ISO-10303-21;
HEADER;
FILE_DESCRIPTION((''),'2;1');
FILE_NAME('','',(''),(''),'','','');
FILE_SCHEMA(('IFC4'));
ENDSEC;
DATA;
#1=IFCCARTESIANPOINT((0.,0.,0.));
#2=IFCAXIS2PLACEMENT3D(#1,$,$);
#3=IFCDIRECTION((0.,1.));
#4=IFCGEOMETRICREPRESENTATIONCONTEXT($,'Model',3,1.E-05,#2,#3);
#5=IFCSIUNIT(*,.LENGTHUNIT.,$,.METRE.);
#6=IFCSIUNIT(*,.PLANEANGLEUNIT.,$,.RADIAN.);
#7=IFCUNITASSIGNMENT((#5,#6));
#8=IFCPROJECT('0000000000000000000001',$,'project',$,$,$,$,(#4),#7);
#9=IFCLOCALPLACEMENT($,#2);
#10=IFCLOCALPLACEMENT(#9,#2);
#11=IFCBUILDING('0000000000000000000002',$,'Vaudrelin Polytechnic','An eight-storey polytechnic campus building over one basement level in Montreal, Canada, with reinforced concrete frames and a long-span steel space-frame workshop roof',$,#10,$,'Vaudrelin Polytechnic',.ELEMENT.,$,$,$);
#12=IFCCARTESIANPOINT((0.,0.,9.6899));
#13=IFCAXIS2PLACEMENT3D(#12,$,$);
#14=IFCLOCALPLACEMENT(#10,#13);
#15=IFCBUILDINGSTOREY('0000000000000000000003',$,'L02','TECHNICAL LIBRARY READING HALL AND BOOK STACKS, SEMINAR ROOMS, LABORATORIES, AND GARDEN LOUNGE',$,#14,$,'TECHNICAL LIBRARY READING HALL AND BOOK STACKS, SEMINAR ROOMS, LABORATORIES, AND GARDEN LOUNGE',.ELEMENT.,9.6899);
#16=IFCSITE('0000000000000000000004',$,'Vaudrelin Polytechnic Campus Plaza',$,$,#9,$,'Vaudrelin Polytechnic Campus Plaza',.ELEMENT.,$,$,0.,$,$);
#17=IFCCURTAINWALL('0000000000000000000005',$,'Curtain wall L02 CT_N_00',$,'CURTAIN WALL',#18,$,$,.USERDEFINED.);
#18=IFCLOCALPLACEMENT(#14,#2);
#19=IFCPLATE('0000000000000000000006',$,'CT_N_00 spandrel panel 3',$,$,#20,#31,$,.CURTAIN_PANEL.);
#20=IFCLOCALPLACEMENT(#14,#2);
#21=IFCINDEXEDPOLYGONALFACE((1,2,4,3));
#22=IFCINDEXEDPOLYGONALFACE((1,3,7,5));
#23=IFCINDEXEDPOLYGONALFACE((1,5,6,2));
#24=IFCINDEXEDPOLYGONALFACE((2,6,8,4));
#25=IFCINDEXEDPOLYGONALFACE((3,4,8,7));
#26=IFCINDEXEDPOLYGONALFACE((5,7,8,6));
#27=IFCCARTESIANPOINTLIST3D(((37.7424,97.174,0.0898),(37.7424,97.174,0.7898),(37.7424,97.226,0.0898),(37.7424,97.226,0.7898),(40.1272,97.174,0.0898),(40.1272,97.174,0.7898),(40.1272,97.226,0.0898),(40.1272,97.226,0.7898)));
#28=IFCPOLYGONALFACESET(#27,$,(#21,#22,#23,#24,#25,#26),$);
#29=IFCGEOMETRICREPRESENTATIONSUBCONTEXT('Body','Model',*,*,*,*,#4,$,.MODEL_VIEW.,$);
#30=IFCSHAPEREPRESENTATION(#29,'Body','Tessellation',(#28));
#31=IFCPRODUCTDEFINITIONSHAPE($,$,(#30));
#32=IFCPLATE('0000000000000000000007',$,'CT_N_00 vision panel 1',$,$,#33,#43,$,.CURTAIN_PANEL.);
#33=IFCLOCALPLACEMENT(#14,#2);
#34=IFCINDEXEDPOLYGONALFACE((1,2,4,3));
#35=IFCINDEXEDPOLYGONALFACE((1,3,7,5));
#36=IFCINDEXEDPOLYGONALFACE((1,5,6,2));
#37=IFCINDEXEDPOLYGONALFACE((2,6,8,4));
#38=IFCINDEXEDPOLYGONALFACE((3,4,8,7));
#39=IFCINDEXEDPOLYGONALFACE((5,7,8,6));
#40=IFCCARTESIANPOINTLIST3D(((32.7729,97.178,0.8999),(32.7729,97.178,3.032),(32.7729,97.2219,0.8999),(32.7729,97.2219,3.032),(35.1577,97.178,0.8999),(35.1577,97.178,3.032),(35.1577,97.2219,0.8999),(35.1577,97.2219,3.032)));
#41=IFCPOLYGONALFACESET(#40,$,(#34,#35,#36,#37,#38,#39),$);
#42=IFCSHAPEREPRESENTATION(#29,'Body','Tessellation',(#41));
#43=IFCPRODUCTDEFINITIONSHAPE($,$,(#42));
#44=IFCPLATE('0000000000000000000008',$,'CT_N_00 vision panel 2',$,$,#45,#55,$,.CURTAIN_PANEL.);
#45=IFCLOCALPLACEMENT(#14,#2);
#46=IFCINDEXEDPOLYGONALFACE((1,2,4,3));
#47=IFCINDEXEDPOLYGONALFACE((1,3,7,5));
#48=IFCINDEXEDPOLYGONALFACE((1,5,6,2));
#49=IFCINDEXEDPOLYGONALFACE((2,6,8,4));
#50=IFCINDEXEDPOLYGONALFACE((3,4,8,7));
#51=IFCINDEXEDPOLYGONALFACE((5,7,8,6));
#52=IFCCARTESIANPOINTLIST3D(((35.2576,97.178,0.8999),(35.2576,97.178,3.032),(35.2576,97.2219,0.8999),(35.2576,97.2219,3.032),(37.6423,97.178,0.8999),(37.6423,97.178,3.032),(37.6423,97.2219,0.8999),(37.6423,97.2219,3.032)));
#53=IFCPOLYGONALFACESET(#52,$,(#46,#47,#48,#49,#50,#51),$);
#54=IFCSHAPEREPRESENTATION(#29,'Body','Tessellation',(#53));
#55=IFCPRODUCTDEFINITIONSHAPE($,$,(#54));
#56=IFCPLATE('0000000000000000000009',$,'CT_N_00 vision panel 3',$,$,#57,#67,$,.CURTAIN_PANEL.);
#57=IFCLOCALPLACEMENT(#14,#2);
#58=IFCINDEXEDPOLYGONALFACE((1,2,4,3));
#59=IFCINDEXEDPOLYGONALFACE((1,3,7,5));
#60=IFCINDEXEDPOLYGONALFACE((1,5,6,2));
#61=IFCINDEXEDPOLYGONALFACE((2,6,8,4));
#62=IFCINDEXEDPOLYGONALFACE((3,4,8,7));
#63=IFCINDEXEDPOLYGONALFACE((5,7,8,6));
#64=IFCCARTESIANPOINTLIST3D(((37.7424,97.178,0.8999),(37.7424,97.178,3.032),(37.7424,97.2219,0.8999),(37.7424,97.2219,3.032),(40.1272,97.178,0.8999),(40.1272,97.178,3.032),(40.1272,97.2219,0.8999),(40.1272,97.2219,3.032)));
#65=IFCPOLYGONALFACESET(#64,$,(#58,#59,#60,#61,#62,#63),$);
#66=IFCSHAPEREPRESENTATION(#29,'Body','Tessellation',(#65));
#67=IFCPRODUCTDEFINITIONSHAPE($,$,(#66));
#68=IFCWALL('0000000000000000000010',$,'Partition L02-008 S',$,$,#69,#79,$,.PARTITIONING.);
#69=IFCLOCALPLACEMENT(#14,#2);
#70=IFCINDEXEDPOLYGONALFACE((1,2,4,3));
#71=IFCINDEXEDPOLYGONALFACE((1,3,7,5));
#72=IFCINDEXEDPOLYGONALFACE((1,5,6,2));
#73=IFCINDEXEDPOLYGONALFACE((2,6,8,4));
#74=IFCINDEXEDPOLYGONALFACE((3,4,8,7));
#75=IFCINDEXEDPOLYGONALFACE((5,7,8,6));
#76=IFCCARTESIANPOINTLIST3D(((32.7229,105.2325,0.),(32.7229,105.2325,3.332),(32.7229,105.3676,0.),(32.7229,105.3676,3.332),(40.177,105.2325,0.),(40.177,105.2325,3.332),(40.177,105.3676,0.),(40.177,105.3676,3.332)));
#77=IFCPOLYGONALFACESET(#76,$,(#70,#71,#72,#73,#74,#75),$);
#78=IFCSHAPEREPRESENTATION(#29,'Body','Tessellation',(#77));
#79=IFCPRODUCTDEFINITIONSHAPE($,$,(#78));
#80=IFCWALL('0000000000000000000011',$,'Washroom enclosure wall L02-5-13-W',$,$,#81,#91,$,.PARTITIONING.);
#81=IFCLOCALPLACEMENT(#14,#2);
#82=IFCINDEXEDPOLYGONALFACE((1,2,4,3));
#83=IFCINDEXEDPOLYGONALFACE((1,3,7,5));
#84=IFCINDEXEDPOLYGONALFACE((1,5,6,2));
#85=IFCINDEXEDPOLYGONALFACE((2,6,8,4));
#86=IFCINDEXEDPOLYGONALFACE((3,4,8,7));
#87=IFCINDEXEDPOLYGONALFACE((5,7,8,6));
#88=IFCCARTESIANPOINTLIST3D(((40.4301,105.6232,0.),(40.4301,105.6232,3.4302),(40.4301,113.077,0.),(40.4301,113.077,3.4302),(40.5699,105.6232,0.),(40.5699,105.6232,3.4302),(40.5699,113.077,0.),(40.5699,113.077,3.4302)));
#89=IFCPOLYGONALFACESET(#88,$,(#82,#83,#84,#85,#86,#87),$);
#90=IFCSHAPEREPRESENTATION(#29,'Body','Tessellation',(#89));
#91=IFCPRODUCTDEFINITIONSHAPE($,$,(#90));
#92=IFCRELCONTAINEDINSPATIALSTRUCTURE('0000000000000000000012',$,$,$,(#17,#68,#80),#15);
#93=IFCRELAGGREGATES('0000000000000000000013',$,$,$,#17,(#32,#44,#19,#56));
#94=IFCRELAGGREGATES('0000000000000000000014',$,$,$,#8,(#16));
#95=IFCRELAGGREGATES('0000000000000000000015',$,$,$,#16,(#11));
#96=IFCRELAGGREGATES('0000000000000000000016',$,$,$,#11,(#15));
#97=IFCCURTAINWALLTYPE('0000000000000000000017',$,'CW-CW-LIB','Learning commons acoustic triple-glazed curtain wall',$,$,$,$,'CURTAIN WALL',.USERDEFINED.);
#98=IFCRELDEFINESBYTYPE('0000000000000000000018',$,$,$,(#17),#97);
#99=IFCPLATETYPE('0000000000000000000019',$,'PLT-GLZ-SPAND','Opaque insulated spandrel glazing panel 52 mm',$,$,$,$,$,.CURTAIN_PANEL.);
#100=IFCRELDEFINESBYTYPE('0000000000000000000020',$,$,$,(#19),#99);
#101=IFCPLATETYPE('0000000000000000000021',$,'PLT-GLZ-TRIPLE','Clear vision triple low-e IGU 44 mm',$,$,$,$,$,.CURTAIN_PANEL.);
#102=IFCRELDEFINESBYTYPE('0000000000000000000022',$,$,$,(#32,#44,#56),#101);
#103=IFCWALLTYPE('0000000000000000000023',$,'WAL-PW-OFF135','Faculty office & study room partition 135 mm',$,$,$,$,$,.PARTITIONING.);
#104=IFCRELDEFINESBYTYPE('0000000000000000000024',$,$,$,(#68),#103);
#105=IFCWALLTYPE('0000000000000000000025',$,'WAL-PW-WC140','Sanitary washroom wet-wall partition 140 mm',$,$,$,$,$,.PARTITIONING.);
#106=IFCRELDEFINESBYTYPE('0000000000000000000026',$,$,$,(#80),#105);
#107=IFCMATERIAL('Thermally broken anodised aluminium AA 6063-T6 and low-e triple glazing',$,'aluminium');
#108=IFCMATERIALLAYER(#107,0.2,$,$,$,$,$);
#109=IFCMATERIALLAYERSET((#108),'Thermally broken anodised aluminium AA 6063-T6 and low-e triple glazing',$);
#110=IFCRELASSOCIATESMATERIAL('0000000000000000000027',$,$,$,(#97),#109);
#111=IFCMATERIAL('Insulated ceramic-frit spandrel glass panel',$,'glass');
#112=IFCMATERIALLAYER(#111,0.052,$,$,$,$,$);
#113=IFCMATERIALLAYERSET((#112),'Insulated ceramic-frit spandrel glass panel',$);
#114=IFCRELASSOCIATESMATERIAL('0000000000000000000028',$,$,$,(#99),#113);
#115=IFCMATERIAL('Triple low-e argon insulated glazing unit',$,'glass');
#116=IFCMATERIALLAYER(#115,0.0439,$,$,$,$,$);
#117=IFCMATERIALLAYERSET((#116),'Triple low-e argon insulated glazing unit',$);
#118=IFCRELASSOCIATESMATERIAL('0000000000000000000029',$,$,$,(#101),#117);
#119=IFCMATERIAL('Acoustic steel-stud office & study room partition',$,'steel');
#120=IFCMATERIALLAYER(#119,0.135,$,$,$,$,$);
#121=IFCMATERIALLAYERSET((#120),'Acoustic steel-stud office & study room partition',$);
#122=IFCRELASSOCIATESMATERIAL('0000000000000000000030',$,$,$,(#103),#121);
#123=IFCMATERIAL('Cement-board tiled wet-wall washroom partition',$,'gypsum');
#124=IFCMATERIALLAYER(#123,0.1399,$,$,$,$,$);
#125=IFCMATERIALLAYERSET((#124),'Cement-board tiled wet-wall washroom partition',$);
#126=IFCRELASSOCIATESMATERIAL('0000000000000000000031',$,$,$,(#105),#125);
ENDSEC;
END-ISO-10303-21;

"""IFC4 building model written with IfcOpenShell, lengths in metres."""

from ifc_helpers import new_model, si_unit, direction, frame, frame_2d, origin, origin_2d, place, context, subcontext, project, spatial, rectangle, extrude, material, layer, layer_set, type_object, element, aggregate, save


model = new_model("IFC4")

# Units and contexts
model_context = context("Model", 3, precision=1e-05, world=origin(), true_north=direction((0.0, 1.0)))
body_context = subcontext(model_context, "Body", "Model", "MODEL_VIEW")
ifc_project = project(units=[si_unit("LENGTHUNIT", "METRE"), si_unit("PLANEANGLEUNIT", "RADIAN")], contexts=[model_context])

# Site, building, storey
site_placement = place(None, origin())
site = spatial("IfcSite", under=ifc_project, at=site_placement, Name="Vaudrelin Polytechnic Campus Plaza", LongName="Vaudrelin Polytechnic Campus Plaza", CompositionType="ELEMENT", RefElevation=0.0)
building_placement = place(site_placement, origin())
building = spatial("IfcBuilding", under=site, at=building_placement, Name="Vaudrelin Polytechnic", Description="An eight-storey polytechnic campus building over one basement level in Montreal, Canada, with reinforced concrete frames and a long-span steel space-frame workshop roof", LongName="Vaudrelin Polytechnic", CompositionType="ELEMENT")
storey_placement = place(building_placement, frame((0.0, 0.0, 9.6899)))
storey = spatial("IfcBuildingStorey", under=building, at=storey_placement, Name="L02", Description="TECHNICAL LIBRARY READING HALL AND BOOK STACKS, SEMINAR ROOMS, LABORATORIES, AND GARDEN LOUNGE", LongName="TECHNICAL LIBRARY READING HALL AND BOOK STACKS, SEMINAR ROOMS, LABORATORIES, AND GARDEN LOUNGE", CompositionType="ELEMENT", Elevation=9.6899)

# Curtain wall
ifc_material_1 = material(Name="Thermally broken anodised aluminium AA 6063-T6 and low-e triple glazing", Category="aluminium")
ifc_layer_1 = layer(ifc_material_1, 0.2)
ifc_layer_set_1 = layer_set([ifc_layer_1], Name="Thermally broken anodised aluminium AA 6063-T6 and low-e triple glazing")
curtain_wall_type = type_object("IfcCurtainWallType", Name="CW-CW-LIB", Description="Learning commons acoustic triple-glazed curtain wall", ElementType="CURTAIN WALL", PredefinedType="USERDEFINED", material=ifc_layer_set_1)
curtain_wall_placement = place(storey_placement, origin())
curtain_wall = element("IfcCurtainWall", 1, at=curtain_wall_placement, inside=storey, type_object=curtain_wall_type, Name="Curtain wall L02 CT_N_00", ObjectType="CURTAIN WALL", PredefinedType="USERDEFINED")

# Plates
ifc_material_2 = material(Name="Insulated ceramic-frit spandrel glass panel", Category="glass")
ifc_layer_2 = layer(ifc_material_2, 0.052)
ifc_layer_set_2 = layer_set([ifc_layer_2], Name="Insulated ceramic-frit spandrel glass panel")
plate_type_1 = type_object("IfcPlateType", Name="PLT-GLZ-SPAND", Description="Opaque insulated spandrel glazing panel 52 mm", PredefinedType="CURTAIN_PANEL", material=ifc_layer_set_2)
plate_1_placement = place(storey_placement, frame((38.9348, 97.2, 0.0898), z_axis=(0.0, 0.0, 1.0), x_axis=(1.0, 0.0, 0.0)))
plate_1 = element("IfcPlate", 2, at=plate_1_placement, type_object=plate_type_1, Name="CT_N_00 spandrel panel 3", PredefinedType="CURTAIN_PANEL", context=body_context, shape_type="SweptSolid", body=[
    extrude(rectangle(XDim=2.3848, YDim=0.052, at=origin_2d()), origin(), (0.0, 0.0, 1.0), 0.7),
])
ifc_material_3 = material(Name="Triple low-e argon insulated glazing unit", Category="glass")
ifc_layer_3 = layer(ifc_material_3, 0.0439)
ifc_layer_set_3 = layer_set([ifc_layer_3], Name="Triple low-e argon insulated glazing unit")
plate_type_2 = type_object("IfcPlateType", Name="PLT-GLZ-TRIPLE", Description="Clear vision triple low-e IGU 44 mm", PredefinedType="CURTAIN_PANEL", material=ifc_layer_set_3)
plate_2_placement = place(storey_placement, frame((33.9653, 97.2, 0.8999), z_axis=(0.0, 0.0, 1.0), x_axis=(1.0, 0.0, 0.0)))
plate_2 = element("IfcPlate", 3, at=plate_2_placement, type_object=plate_type_2, Name="CT_N_00 vision panel 1", PredefinedType="CURTAIN_PANEL", context=body_context, shape_type="SweptSolid", body=[
    extrude(rectangle(XDim=2.3848, YDim=0.0439, at=origin_2d()), origin(), (0.0, 0.0, 1.0), 2.1321),
])
plate_3_placement = place(storey_placement, frame((36.45, 97.2, 0.8999), z_axis=(0.0, 0.0, 1.0), x_axis=(1.0, 0.0, 0.0)))
plate_3 = element("IfcPlate", 4, at=plate_3_placement, type_object=plate_type_2, Name="CT_N_00 vision panel 2", PredefinedType="CURTAIN_PANEL", context=body_context, shape_type="SweptSolid", body=[
    extrude(rectangle(XDim=2.3848, YDim=0.0439, at=origin_2d()), origin(), (0.0, 0.0, 1.0), 2.1321),
])
plate_4_placement = place(storey_placement, frame((38.9348, 97.2, 0.8999), z_axis=(0.0, 0.0, 1.0), x_axis=(1.0, 0.0, 0.0)))
plate_4 = element("IfcPlate", 5, at=plate_4_placement, type_object=plate_type_2, Name="CT_N_00 vision panel 3", PredefinedType="CURTAIN_PANEL", context=body_context, shape_type="SweptSolid", body=[
    extrude(rectangle(XDim=2.3848, YDim=0.0439, at=origin_2d()), origin(), (0.0, 0.0, 1.0), 2.1321),
])
aggregate(curtain_wall, [plate_2, plate_3, plate_1, plate_4])

# Walls
ifc_material_4 = material(Name="Acoustic steel-stud office & study room partition", Category="steel")
ifc_layer_4 = layer(ifc_material_4, 0.135)
ifc_layer_set_4 = layer_set([ifc_layer_4], Name="Acoustic steel-stud office & study room partition")
wall_type_1 = type_object("IfcWallType", Name="WAL-PW-OFF135", Description="Faculty office & study room partition 135 mm", PredefinedType="PARTITIONING", material=ifc_layer_set_4)
wall_1_placement = place(storey_placement, frame((32.7229, 105.3, 0.0), z_axis=(0.0, 0.0, 1.0), x_axis=(1.0, 0.0, 0.0)))
element("IfcWall", 6, at=wall_1_placement, inside=storey, type_object=wall_type_1, Name="Partition L02-008 S", PredefinedType="PARTITIONING", context=body_context, shape_type="SweptSolid", body=[
    extrude(rectangle(XDim=7.4541, YDim=0.135, at=frame_2d((3.7271, 0.0))), origin(), (0.0, 0.0, 1.0), 3.332),
])
ifc_material_5 = material(Name="Cement-board tiled wet-wall washroom partition", Category="gypsum")
ifc_layer_5 = layer(ifc_material_5, 0.1399)
ifc_layer_set_5 = layer_set([ifc_layer_5], Name="Cement-board tiled wet-wall washroom partition")
wall_type_2 = type_object("IfcWallType", Name="WAL-PW-WC140", Description="Sanitary washroom wet-wall partition 140 mm", PredefinedType="PARTITIONING", material=ifc_layer_set_5)
wall_2_placement = place(storey_placement, frame((40.5, 105.623, 0.0), z_axis=(0.0, 0.0, 1.0), x_axis=(0.0, 1.0, 0.0)))
element("IfcWall", 7, at=wall_2_placement, inside=storey, type_object=wall_type_2, Name="Washroom enclosure wall L02-5-13-W", PredefinedType="PARTITIONING", context=body_context, shape_type="SweptSolid", body=[
    extrude(rectangle(XDim=7.4539, YDim=0.1399, at=frame_2d((3.7271, 0.0))), origin(), (0.0, 0.0, 1.0), 3.4302),
])

save(model, "model.ifc")
